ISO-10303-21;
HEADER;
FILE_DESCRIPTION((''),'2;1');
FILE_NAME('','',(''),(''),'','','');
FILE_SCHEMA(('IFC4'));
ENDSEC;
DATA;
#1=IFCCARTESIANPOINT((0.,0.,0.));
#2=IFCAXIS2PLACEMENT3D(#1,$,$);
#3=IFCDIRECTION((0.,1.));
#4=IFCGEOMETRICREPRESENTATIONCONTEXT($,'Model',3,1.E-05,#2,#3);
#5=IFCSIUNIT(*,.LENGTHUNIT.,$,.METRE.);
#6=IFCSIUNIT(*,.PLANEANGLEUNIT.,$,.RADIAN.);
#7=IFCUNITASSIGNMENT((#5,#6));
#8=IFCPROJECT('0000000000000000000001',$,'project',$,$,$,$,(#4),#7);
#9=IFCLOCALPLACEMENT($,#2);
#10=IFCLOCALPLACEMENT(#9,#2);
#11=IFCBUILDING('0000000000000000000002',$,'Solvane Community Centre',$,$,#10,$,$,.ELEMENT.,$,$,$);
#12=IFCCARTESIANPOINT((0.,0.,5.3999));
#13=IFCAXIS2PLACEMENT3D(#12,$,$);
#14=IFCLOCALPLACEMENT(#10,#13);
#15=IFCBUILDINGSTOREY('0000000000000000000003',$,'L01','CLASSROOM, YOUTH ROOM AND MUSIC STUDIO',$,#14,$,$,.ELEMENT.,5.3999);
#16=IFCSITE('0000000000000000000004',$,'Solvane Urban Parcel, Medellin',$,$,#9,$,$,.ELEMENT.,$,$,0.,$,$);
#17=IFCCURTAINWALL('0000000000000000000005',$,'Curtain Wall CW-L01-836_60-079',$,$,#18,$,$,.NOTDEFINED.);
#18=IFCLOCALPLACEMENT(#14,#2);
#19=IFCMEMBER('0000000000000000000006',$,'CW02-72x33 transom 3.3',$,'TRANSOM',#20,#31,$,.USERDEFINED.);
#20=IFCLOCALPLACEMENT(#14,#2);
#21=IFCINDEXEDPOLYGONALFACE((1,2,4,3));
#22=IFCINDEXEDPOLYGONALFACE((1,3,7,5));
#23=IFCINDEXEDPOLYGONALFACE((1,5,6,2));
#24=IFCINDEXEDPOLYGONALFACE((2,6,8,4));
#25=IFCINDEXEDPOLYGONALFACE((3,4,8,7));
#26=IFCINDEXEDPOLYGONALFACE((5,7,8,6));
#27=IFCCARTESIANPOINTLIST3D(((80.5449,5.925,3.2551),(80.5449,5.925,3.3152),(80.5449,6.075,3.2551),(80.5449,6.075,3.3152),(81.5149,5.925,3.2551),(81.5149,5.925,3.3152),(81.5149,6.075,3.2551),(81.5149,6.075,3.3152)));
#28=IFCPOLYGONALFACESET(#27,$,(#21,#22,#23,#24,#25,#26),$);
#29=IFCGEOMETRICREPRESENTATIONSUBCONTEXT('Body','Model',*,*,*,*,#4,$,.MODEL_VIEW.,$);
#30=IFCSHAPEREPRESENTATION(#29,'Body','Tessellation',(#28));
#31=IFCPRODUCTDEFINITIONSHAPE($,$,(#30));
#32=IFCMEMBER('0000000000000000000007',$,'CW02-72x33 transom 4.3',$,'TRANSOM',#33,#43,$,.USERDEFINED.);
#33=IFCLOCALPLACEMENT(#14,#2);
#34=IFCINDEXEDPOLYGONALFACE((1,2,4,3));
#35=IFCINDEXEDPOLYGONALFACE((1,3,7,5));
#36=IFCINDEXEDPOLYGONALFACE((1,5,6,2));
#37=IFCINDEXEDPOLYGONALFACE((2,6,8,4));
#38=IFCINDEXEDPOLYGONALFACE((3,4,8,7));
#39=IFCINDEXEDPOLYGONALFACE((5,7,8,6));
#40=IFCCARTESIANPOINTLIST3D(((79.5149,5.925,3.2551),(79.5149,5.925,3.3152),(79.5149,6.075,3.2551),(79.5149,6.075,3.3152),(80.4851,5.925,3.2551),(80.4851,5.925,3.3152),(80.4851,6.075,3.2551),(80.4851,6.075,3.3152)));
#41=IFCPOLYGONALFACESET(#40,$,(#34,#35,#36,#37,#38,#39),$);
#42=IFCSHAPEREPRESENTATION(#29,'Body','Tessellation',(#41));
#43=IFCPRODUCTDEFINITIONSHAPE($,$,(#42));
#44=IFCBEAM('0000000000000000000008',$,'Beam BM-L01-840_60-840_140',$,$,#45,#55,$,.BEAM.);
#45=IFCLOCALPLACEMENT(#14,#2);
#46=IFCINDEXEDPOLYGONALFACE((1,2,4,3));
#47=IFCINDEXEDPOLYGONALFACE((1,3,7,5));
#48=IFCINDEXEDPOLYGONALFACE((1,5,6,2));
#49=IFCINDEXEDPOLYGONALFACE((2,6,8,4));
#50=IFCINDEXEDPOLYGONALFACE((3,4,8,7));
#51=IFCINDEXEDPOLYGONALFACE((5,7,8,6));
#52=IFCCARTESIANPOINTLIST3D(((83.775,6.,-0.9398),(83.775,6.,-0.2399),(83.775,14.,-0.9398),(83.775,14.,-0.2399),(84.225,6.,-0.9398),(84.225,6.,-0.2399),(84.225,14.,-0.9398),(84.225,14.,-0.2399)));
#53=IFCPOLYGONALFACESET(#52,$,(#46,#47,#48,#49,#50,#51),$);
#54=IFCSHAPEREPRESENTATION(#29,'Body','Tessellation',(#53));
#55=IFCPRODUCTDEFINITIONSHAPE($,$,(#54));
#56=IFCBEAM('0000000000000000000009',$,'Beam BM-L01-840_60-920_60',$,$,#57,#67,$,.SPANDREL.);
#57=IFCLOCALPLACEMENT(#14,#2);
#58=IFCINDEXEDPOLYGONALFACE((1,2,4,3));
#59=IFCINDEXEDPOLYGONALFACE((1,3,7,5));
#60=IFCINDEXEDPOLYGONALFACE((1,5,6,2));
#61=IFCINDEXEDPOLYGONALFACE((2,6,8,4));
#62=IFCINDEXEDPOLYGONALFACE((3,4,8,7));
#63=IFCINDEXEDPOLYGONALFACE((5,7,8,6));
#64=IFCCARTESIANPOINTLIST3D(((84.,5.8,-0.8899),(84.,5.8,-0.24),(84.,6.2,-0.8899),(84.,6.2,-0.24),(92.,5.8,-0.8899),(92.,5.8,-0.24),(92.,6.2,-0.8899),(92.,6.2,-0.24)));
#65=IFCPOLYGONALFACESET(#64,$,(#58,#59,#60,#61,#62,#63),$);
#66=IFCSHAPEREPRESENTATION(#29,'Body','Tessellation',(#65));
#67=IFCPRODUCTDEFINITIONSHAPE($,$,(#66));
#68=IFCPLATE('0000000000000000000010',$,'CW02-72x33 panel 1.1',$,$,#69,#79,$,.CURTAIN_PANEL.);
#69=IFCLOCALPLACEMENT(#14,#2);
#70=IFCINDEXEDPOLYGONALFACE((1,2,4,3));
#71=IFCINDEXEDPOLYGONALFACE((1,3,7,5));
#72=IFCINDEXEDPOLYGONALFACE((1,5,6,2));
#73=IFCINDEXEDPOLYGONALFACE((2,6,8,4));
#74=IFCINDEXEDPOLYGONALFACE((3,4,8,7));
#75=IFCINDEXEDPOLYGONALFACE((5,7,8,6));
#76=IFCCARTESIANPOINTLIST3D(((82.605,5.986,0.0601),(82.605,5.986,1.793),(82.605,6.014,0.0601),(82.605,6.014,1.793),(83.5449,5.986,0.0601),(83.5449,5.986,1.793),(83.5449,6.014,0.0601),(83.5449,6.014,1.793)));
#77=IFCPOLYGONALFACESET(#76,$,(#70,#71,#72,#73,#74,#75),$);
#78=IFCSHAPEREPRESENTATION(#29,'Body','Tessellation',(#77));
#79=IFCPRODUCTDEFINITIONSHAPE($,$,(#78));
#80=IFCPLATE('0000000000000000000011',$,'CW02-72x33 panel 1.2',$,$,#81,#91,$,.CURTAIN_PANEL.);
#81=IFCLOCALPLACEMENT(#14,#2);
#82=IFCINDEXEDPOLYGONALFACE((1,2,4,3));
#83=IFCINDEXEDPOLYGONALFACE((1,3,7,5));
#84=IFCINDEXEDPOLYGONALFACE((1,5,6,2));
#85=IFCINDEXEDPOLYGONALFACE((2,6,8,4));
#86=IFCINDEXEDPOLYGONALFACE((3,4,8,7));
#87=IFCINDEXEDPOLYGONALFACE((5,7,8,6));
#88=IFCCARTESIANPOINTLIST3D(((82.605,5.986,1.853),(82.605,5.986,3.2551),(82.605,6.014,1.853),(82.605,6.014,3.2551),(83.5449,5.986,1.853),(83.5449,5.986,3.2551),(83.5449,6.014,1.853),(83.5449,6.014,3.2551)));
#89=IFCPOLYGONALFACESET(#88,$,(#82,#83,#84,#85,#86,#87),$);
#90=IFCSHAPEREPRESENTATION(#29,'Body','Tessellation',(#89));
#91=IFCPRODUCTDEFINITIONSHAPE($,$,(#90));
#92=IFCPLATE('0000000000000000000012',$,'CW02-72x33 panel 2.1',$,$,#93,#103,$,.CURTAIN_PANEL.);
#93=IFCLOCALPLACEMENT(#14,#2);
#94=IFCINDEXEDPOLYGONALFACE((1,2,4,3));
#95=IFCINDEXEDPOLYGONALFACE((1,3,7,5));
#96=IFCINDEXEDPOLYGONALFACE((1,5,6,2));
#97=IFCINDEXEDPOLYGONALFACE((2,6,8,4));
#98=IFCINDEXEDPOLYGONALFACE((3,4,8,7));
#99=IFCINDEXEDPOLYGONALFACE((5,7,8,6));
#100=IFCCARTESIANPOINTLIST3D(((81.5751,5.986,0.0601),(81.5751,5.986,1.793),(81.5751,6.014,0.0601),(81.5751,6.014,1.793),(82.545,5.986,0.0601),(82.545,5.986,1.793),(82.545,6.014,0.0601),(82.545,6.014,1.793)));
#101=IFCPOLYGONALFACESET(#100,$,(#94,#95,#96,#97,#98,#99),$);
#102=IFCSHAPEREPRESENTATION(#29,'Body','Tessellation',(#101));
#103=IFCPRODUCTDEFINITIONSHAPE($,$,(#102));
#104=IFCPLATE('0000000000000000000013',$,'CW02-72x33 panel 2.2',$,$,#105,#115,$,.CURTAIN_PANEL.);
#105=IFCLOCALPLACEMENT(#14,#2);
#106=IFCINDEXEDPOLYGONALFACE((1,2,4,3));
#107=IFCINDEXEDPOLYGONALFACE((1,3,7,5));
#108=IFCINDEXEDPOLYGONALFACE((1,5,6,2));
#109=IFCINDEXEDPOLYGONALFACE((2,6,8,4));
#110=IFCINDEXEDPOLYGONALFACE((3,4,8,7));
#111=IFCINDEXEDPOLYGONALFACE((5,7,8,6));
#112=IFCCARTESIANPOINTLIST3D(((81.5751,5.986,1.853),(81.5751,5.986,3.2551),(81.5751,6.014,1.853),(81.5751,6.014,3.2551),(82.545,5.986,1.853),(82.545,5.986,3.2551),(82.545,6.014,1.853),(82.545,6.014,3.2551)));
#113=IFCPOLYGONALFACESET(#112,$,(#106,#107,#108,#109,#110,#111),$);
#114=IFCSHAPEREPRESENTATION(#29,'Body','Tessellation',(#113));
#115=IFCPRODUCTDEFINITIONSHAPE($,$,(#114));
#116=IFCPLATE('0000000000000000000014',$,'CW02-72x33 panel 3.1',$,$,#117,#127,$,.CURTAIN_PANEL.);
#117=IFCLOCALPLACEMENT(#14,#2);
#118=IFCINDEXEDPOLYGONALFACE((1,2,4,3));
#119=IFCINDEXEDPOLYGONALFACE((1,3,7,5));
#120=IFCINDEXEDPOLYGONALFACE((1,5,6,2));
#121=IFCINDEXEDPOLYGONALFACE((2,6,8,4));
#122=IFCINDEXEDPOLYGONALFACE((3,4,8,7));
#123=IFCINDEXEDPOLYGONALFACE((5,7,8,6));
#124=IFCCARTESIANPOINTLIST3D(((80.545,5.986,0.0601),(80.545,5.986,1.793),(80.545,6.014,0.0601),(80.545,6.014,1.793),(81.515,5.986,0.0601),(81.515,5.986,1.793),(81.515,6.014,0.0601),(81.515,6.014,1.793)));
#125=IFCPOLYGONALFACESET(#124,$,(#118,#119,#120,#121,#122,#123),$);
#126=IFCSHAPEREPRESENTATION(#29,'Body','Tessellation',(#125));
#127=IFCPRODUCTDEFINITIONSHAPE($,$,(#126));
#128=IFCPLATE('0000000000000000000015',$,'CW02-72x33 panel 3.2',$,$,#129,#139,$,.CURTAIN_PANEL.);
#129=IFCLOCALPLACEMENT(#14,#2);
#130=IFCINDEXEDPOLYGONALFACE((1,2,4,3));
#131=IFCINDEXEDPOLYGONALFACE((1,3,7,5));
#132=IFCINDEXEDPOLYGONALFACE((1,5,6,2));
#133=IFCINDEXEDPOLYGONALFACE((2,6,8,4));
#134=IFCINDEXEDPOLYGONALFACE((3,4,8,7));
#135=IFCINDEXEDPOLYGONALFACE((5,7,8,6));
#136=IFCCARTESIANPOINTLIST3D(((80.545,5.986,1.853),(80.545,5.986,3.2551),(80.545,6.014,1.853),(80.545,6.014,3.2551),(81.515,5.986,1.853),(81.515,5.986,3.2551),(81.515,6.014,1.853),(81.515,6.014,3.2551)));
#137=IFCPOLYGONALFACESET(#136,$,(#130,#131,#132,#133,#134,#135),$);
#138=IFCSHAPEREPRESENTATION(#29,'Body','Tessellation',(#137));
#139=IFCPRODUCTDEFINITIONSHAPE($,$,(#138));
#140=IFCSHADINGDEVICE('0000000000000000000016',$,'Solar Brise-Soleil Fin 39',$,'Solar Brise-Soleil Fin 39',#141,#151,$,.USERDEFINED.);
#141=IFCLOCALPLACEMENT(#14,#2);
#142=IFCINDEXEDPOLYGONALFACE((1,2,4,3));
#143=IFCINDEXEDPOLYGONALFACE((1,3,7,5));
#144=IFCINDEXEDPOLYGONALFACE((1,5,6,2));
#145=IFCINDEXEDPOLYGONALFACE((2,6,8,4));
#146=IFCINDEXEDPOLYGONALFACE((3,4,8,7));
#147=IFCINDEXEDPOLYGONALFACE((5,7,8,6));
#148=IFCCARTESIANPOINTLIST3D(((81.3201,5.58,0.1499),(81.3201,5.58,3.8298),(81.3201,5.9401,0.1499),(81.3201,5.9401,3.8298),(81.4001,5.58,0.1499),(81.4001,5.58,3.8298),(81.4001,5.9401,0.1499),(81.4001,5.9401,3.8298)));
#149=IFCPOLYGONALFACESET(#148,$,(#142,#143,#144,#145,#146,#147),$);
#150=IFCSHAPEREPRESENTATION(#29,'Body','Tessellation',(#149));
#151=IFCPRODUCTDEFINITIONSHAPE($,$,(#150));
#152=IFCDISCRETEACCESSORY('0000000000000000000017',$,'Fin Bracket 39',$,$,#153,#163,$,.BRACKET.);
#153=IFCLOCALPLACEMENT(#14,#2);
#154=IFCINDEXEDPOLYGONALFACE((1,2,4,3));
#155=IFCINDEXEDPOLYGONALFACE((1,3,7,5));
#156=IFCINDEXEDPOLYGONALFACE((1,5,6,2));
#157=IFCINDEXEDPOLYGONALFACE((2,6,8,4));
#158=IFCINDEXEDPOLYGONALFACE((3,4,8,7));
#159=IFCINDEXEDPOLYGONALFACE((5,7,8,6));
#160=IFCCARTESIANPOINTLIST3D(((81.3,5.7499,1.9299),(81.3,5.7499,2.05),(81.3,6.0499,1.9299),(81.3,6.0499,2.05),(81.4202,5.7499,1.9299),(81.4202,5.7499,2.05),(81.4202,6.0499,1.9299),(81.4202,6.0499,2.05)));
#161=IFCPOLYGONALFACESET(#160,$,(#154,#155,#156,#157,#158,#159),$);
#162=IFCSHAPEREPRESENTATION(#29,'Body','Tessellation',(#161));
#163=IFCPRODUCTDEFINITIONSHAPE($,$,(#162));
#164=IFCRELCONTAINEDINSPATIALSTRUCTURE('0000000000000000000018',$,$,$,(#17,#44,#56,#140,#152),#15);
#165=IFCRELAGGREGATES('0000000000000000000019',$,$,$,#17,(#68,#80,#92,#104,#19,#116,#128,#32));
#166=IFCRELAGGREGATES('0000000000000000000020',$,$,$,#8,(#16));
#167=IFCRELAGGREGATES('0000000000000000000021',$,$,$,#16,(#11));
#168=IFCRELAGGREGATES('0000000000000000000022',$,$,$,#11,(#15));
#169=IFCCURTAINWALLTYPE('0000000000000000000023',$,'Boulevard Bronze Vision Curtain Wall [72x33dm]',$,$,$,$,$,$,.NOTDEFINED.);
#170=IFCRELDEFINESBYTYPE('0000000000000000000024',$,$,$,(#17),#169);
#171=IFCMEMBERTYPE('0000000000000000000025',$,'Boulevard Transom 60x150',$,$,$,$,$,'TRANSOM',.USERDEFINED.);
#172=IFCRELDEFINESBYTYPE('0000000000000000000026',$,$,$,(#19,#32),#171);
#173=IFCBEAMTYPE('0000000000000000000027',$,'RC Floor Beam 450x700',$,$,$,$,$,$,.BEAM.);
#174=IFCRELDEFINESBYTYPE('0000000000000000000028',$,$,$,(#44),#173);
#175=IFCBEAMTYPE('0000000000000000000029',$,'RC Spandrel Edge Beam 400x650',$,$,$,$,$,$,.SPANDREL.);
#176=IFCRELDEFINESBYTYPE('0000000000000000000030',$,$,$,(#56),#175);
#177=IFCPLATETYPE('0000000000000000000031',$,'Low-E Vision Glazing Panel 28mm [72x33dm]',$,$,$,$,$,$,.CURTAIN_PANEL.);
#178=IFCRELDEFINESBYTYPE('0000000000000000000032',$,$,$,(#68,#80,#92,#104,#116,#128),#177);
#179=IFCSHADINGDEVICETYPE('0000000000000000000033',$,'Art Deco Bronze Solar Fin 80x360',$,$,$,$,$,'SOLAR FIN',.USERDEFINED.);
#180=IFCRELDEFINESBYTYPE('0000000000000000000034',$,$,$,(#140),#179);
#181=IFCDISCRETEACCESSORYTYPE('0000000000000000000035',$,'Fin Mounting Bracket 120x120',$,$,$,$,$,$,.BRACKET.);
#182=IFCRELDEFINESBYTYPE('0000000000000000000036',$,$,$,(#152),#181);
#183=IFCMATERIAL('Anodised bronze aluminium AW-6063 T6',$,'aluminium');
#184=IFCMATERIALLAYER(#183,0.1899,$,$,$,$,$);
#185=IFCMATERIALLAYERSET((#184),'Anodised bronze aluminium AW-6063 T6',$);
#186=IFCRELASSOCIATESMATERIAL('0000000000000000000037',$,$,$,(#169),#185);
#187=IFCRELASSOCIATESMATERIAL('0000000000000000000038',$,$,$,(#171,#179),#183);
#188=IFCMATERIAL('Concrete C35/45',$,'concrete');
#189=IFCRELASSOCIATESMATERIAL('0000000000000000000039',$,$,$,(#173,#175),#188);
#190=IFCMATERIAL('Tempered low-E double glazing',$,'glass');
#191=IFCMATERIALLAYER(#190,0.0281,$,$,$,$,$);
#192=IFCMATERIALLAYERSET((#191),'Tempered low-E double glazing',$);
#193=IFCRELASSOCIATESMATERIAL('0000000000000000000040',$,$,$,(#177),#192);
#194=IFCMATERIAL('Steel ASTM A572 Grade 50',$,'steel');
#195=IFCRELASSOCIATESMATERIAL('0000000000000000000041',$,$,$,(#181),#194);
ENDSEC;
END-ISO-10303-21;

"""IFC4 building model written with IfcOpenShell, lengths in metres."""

from ifc_helpers import new_model, si_unit, direction, frame, origin, origin_2d, place, context, subcontext, project, spatial, rectangle, extrude, material, layer, layer_set, material_profile, profile_set, type_object, element, aggregate, save


model = new_model("IFC4")

# Units and contexts
model_context = context("Model", 3, precision=1e-05, world=origin(), true_north=direction((0.0, 1.0)))
body_context = subcontext(model_context, "Body", "Model", "MODEL_VIEW")
ifc_project = project(units=[si_unit("LENGTHUNIT", "METRE"), si_unit("PLANEANGLEUNIT", "RADIAN")], contexts=[model_context])

# Site, building, storey
site_placement = place(None, origin())
site = spatial("IfcSite", under=ifc_project, at=site_placement, Name="Solvane Urban Parcel, Medellin", CompositionType="ELEMENT", RefElevation=0.0)
building_placement = place(site_placement, origin())
building = spatial("IfcBuilding", under=site, at=building_placement, Name="Solvane Community Centre", CompositionType="ELEMENT")
storey_placement = place(building_placement, frame((0.0, 0.0, 5.3999)))
storey = spatial("IfcBuildingStorey", under=building, at=storey_placement, Name="L01", Description="CLASSROOM, YOUTH ROOM AND MUSIC STUDIO", CompositionType="ELEMENT", Elevation=5.3999)

# Shared definitions
ifc_material_1 = material(Name="Anodised bronze aluminium AW-6063 T6", Category="aluminium")

# Curtain wall, members
ifc_layer_1 = layer(ifc_material_1, 0.1899)
ifc_layer_set_1 = layer_set([ifc_layer_1], Name="Anodised bronze aluminium AW-6063 T6")
curtain_wall_type_1 = type_object("IfcCurtainWallType", Name="Boulevard Bronze Vision Curtain Wall [72x33dm]", PredefinedType="NOTDEFINED", material=ifc_layer_set_1)
curtain_wall_1_placement = place(storey_placement, origin())
curtain_wall_1 = element("IfcCurtainWall", 1, at=curtain_wall_1_placement, inside=storey, type_object=curtain_wall_type_1, Name="Curtain Wall CW-L01-836_60-079", PredefinedType="NOTDEFINED")
ifc_material_profile_1 = material_profile(ifc_material_1, rectangle(XDim=0.1499, YDim=0.0601, at=origin_2d()), Name="CW-T 60x150")
ifc_profile_set_1 = profile_set([ifc_material_profile_1], Name="Anodised bronze aluminium AW-6063 T6")
member_type_1 = type_object("IfcMemberType", Name="Boulevard Transom 60x150", ElementType="TRANSOM", PredefinedType="USERDEFINED", material=ifc_profile_set_1)
member_1_placement = place(storey_placement, frame((81.5149, 6.0, 3.2852), z_axis=(-1.0, 0.0, 0.0), x_axis=(0.0, -1.0, 0.0)))
member_1 = element("IfcMember", 2, at=member_1_placement, type_object=member_type_1, Name="CW02-72x33 transom 3.3", ObjectType="TRANSOM", PredefinedType="USERDEFINED", context=body_context, shape_type="SweptSolid", body=[
    extrude(rectangle(XDim=0.1499, YDim=0.0601, at=origin_2d()), origin(), (0.0, 0.0, 1.0), 0.97),
])
member_2_placement = place(storey_placement, frame((80.4851, 6.0, 3.2852), z_axis=(-1.0, 0.0, 0.0), x_axis=(0.0, -1.0, 0.0)))
member_2 = element("IfcMember", 3, at=member_2_placement, type_object=member_type_1, Name="CW02-72x33 transom 4.3", ObjectType="TRANSOM", PredefinedType="USERDEFINED", context=body_context, shape_type="SweptSolid", body=[
    extrude(rectangle(XDim=0.1499, YDim=0.0601, at=origin_2d()), origin(), (0.0, 0.0, 1.0), 0.9702),
])

# Beams
ifc_material_2 = material(Name="Concrete C35/45", Category="concrete")
ifc_material_profile_2 = material_profile(ifc_material_2, rectangle(XDim=0.45, YDim=0.7, at=origin_2d()), Name="RC 450x700")
ifc_profile_set_2 = profile_set([ifc_material_profile_2], Name="Concrete C35/45")
beam_type_1 = type_object("IfcBeamType", Name="RC Floor Beam 450x700", PredefinedType="BEAM", material=ifc_profile_set_2)
beam_1_placement = place(storey_placement, frame((84.0, 6.0, -0.5898), z_axis=(0.0, 1.0, 0.0), x_axis=(-1.0, 0.0, 0.0)))
element("IfcBeam", 4, at=beam_1_placement, inside=storey, type_object=beam_type_1, Name="Beam BM-L01-840_60-840_140", PredefinedType="BEAM", context=body_context, shape_type="SweptSolid", body=[
    extrude(rectangle(XDim=0.45, YDim=0.7, at=origin_2d()), origin(), (0.0, 0.0, 1.0), 8.0),
])
ifc_material_profile_3 = material_profile(ifc_material_2, rectangle(XDim=0.3999, YDim=0.6499, at=origin_2d()), Name="RC 400x650")
ifc_profile_set_3 = profile_set([ifc_material_profile_3], Name="Concrete C35/45")
beam_type_2 = type_object("IfcBeamType", Name="RC Spandrel Edge Beam 400x650", PredefinedType="SPANDREL", material=ifc_profile_set_3)
beam_2_placement = place(storey_placement, frame((84.0, 6.0, -0.5649), z_axis=(1.0, 0.0, 0.0), x_axis=(0.0, 1.0, 0.0)))
element("IfcBeam", 5, at=beam_2_placement, inside=storey, type_object=beam_type_2, Name="Beam BM-L01-840_60-920_60", PredefinedType="SPANDREL", context=body_context, shape_type="SweptSolid", body=[
    extrude(rectangle(XDim=0.3999, YDim=0.6499, at=origin_2d()), origin(), (0.0, 0.0, 1.0), 8.0),
])

# Plates
ifc_material_3 = material(Name="Tempered low-E double glazing", Category="glass")
ifc_layer_2 = layer(ifc_material_3, 0.0281)
ifc_layer_set_2 = layer_set([ifc_layer_2], Name="Tempered low-E double glazing")
plate_type = type_object("IfcPlateType", Name="Low-E Vision Glazing Panel 28mm [72x33dm]", PredefinedType="CURTAIN_PANEL", material=ifc_layer_set_2)
plate_1_placement = place(storey_placement, frame((83.075, 6.0, 0.0601), z_axis=(0.0, 0.0, 1.0), x_axis=(-1.0, 0.0, 0.0)))
plate_1 = element("IfcPlate", 6, at=plate_1_placement, type_object=plate_type, Name="CW02-72x33 panel 1.1", PredefinedType="CURTAIN_PANEL", context=body_context, shape_type="SweptSolid", body=[
    extrude(rectangle(XDim=0.9399, YDim=0.0281, at=origin_2d()), origin(), (0.0, 0.0, 1.0), 1.7329),
])
plate_2_placement = place(storey_placement, frame((83.075, 6.0, 1.853), z_axis=(0.0, 0.0, 1.0), x_axis=(-1.0, 0.0, 0.0)))
plate_2 = element("IfcPlate", 7, at=plate_2_placement, type_object=plate_type, Name="CW02-72x33 panel 1.2", PredefinedType="CURTAIN_PANEL", context=body_context, shape_type="SweptSolid", body=[
    extrude(rectangle(XDim=0.9399, YDim=0.0281, at=origin_2d()), origin(), (0.0, 0.0, 1.0), 1.4021),
])
plate_3_placement = place(storey_placement, frame((82.0601, 6.0, 0.0601), z_axis=(0.0, 0.0, 1.0), x_axis=(-1.0, 0.0, 0.0)))
plate_3 = element("IfcPlate", 8, at=plate_3_placement, type_object=plate_type, Name="CW02-72x33 panel 2.1", PredefinedType="CURTAIN_PANEL", context=body_context, shape_type="SweptSolid", body=[
    extrude(rectangle(XDim=0.97, YDim=0.0281, at=origin_2d()), origin(), (0.0, 0.0, 1.0), 1.7329),
])
plate_4_placement = place(storey_placement, frame((82.0601, 6.0, 1.853), z_axis=(0.0, 0.0, 1.0), x_axis=(-1.0, 0.0, 0.0)))
plate_4 = element("IfcPlate", 9, at=plate_4_placement, type_object=plate_type, Name="CW02-72x33 panel 2.2", PredefinedType="CURTAIN_PANEL", context=body_context, shape_type="SweptSolid", body=[
    extrude(rectangle(XDim=0.97, YDim=0.0281, at=origin_2d()), origin(), (0.0, 0.0, 1.0), 1.4021),
])
plate_5_placement = place(storey_placement, frame((81.03, 6.0, 0.0601), z_axis=(0.0, 0.0, 1.0), x_axis=(-1.0, 0.0, 0.0)))
plate_5 = element("IfcPlate", 10, at=plate_5_placement, type_object=plate_type, Name="CW02-72x33 panel 3.1", PredefinedType="CURTAIN_PANEL", context=body_context, shape_type="SweptSolid", body=[
    extrude(rectangle(XDim=0.97, YDim=0.0281, at=origin_2d()), origin(), (0.0, 0.0, 1.0), 1.7329),
])
plate_6_placement = place(storey_placement, frame((81.03, 6.0, 1.853), z_axis=(0.0, 0.0, 1.0), x_axis=(-1.0, 0.0, 0.0)))
plate_6 = element("IfcPlate", 11, at=plate_6_placement, type_object=plate_type, Name="CW02-72x33 panel 3.2", PredefinedType="CURTAIN_PANEL", context=body_context, shape_type="SweptSolid", body=[
    extrude(rectangle(XDim=0.97, YDim=0.0281, at=origin_2d()), origin(), (0.0, 0.0, 1.0), 1.4021),
])
aggregate(curtain_wall_1, [plate_1, plate_2, plate_3, plate_4, member_1, plate_5, plate_6, member_2])

# Shading device
shading_device_type = type_object("IfcShadingDeviceType", Name="Art Deco Bronze Solar Fin 80x360", ElementType="SOLAR FIN", PredefinedType="USERDEFINED", material=ifc_material_1)
shading_device_placement = place(storey_placement, frame((81.3601, 5.76, 0.1499), z_axis=(0.0, 0.0, 1.0), x_axis=(-1.0, 0.0, 0.0)))
element("IfcShadingDevice", 12, at=shading_device_placement, inside=storey, type_object=shading_device_type, Name="Solar Brise-Soleil Fin 39", ObjectType="Solar Brise-Soleil Fin 39", PredefinedType="USERDEFINED", context=body_context, shape_type="SweptSolid", body=[
    extrude(rectangle(XDim=0.0801, YDim=0.3601, at=origin_2d()), origin(), (0.0, 0.0, 1.0), 3.6799),
])

# Discrete accessory
ifc_material_4 = material(Name="Steel ASTM A572 Grade 50", Category="steel")
discrete_accessory_type = type_object("IfcDiscreteAccessoryType", Name="Fin Mounting Bracket 120x120", PredefinedType="BRACKET", material=ifc_material_4)
discrete_accessory_placement = place(storey_placement, frame((81.3601, 5.8999, 1.9299), z_axis=(0.0, 0.0, 1.0), x_axis=(-1.0, 0.0, 0.0)))
element("IfcDiscreteAccessory", 13, at=discrete_accessory_placement, inside=storey, type_object=discrete_accessory_type, Name="Fin Bracket 39", PredefinedType="BRACKET", context=body_context, shape_type="SweptSolid", body=[
    extrude(rectangle(XDim=0.1201, YDim=0.3, at=origin_2d()), origin(), (0.0, 0.0, 1.0), 0.1201),
])

save(model, "model.ifc")
